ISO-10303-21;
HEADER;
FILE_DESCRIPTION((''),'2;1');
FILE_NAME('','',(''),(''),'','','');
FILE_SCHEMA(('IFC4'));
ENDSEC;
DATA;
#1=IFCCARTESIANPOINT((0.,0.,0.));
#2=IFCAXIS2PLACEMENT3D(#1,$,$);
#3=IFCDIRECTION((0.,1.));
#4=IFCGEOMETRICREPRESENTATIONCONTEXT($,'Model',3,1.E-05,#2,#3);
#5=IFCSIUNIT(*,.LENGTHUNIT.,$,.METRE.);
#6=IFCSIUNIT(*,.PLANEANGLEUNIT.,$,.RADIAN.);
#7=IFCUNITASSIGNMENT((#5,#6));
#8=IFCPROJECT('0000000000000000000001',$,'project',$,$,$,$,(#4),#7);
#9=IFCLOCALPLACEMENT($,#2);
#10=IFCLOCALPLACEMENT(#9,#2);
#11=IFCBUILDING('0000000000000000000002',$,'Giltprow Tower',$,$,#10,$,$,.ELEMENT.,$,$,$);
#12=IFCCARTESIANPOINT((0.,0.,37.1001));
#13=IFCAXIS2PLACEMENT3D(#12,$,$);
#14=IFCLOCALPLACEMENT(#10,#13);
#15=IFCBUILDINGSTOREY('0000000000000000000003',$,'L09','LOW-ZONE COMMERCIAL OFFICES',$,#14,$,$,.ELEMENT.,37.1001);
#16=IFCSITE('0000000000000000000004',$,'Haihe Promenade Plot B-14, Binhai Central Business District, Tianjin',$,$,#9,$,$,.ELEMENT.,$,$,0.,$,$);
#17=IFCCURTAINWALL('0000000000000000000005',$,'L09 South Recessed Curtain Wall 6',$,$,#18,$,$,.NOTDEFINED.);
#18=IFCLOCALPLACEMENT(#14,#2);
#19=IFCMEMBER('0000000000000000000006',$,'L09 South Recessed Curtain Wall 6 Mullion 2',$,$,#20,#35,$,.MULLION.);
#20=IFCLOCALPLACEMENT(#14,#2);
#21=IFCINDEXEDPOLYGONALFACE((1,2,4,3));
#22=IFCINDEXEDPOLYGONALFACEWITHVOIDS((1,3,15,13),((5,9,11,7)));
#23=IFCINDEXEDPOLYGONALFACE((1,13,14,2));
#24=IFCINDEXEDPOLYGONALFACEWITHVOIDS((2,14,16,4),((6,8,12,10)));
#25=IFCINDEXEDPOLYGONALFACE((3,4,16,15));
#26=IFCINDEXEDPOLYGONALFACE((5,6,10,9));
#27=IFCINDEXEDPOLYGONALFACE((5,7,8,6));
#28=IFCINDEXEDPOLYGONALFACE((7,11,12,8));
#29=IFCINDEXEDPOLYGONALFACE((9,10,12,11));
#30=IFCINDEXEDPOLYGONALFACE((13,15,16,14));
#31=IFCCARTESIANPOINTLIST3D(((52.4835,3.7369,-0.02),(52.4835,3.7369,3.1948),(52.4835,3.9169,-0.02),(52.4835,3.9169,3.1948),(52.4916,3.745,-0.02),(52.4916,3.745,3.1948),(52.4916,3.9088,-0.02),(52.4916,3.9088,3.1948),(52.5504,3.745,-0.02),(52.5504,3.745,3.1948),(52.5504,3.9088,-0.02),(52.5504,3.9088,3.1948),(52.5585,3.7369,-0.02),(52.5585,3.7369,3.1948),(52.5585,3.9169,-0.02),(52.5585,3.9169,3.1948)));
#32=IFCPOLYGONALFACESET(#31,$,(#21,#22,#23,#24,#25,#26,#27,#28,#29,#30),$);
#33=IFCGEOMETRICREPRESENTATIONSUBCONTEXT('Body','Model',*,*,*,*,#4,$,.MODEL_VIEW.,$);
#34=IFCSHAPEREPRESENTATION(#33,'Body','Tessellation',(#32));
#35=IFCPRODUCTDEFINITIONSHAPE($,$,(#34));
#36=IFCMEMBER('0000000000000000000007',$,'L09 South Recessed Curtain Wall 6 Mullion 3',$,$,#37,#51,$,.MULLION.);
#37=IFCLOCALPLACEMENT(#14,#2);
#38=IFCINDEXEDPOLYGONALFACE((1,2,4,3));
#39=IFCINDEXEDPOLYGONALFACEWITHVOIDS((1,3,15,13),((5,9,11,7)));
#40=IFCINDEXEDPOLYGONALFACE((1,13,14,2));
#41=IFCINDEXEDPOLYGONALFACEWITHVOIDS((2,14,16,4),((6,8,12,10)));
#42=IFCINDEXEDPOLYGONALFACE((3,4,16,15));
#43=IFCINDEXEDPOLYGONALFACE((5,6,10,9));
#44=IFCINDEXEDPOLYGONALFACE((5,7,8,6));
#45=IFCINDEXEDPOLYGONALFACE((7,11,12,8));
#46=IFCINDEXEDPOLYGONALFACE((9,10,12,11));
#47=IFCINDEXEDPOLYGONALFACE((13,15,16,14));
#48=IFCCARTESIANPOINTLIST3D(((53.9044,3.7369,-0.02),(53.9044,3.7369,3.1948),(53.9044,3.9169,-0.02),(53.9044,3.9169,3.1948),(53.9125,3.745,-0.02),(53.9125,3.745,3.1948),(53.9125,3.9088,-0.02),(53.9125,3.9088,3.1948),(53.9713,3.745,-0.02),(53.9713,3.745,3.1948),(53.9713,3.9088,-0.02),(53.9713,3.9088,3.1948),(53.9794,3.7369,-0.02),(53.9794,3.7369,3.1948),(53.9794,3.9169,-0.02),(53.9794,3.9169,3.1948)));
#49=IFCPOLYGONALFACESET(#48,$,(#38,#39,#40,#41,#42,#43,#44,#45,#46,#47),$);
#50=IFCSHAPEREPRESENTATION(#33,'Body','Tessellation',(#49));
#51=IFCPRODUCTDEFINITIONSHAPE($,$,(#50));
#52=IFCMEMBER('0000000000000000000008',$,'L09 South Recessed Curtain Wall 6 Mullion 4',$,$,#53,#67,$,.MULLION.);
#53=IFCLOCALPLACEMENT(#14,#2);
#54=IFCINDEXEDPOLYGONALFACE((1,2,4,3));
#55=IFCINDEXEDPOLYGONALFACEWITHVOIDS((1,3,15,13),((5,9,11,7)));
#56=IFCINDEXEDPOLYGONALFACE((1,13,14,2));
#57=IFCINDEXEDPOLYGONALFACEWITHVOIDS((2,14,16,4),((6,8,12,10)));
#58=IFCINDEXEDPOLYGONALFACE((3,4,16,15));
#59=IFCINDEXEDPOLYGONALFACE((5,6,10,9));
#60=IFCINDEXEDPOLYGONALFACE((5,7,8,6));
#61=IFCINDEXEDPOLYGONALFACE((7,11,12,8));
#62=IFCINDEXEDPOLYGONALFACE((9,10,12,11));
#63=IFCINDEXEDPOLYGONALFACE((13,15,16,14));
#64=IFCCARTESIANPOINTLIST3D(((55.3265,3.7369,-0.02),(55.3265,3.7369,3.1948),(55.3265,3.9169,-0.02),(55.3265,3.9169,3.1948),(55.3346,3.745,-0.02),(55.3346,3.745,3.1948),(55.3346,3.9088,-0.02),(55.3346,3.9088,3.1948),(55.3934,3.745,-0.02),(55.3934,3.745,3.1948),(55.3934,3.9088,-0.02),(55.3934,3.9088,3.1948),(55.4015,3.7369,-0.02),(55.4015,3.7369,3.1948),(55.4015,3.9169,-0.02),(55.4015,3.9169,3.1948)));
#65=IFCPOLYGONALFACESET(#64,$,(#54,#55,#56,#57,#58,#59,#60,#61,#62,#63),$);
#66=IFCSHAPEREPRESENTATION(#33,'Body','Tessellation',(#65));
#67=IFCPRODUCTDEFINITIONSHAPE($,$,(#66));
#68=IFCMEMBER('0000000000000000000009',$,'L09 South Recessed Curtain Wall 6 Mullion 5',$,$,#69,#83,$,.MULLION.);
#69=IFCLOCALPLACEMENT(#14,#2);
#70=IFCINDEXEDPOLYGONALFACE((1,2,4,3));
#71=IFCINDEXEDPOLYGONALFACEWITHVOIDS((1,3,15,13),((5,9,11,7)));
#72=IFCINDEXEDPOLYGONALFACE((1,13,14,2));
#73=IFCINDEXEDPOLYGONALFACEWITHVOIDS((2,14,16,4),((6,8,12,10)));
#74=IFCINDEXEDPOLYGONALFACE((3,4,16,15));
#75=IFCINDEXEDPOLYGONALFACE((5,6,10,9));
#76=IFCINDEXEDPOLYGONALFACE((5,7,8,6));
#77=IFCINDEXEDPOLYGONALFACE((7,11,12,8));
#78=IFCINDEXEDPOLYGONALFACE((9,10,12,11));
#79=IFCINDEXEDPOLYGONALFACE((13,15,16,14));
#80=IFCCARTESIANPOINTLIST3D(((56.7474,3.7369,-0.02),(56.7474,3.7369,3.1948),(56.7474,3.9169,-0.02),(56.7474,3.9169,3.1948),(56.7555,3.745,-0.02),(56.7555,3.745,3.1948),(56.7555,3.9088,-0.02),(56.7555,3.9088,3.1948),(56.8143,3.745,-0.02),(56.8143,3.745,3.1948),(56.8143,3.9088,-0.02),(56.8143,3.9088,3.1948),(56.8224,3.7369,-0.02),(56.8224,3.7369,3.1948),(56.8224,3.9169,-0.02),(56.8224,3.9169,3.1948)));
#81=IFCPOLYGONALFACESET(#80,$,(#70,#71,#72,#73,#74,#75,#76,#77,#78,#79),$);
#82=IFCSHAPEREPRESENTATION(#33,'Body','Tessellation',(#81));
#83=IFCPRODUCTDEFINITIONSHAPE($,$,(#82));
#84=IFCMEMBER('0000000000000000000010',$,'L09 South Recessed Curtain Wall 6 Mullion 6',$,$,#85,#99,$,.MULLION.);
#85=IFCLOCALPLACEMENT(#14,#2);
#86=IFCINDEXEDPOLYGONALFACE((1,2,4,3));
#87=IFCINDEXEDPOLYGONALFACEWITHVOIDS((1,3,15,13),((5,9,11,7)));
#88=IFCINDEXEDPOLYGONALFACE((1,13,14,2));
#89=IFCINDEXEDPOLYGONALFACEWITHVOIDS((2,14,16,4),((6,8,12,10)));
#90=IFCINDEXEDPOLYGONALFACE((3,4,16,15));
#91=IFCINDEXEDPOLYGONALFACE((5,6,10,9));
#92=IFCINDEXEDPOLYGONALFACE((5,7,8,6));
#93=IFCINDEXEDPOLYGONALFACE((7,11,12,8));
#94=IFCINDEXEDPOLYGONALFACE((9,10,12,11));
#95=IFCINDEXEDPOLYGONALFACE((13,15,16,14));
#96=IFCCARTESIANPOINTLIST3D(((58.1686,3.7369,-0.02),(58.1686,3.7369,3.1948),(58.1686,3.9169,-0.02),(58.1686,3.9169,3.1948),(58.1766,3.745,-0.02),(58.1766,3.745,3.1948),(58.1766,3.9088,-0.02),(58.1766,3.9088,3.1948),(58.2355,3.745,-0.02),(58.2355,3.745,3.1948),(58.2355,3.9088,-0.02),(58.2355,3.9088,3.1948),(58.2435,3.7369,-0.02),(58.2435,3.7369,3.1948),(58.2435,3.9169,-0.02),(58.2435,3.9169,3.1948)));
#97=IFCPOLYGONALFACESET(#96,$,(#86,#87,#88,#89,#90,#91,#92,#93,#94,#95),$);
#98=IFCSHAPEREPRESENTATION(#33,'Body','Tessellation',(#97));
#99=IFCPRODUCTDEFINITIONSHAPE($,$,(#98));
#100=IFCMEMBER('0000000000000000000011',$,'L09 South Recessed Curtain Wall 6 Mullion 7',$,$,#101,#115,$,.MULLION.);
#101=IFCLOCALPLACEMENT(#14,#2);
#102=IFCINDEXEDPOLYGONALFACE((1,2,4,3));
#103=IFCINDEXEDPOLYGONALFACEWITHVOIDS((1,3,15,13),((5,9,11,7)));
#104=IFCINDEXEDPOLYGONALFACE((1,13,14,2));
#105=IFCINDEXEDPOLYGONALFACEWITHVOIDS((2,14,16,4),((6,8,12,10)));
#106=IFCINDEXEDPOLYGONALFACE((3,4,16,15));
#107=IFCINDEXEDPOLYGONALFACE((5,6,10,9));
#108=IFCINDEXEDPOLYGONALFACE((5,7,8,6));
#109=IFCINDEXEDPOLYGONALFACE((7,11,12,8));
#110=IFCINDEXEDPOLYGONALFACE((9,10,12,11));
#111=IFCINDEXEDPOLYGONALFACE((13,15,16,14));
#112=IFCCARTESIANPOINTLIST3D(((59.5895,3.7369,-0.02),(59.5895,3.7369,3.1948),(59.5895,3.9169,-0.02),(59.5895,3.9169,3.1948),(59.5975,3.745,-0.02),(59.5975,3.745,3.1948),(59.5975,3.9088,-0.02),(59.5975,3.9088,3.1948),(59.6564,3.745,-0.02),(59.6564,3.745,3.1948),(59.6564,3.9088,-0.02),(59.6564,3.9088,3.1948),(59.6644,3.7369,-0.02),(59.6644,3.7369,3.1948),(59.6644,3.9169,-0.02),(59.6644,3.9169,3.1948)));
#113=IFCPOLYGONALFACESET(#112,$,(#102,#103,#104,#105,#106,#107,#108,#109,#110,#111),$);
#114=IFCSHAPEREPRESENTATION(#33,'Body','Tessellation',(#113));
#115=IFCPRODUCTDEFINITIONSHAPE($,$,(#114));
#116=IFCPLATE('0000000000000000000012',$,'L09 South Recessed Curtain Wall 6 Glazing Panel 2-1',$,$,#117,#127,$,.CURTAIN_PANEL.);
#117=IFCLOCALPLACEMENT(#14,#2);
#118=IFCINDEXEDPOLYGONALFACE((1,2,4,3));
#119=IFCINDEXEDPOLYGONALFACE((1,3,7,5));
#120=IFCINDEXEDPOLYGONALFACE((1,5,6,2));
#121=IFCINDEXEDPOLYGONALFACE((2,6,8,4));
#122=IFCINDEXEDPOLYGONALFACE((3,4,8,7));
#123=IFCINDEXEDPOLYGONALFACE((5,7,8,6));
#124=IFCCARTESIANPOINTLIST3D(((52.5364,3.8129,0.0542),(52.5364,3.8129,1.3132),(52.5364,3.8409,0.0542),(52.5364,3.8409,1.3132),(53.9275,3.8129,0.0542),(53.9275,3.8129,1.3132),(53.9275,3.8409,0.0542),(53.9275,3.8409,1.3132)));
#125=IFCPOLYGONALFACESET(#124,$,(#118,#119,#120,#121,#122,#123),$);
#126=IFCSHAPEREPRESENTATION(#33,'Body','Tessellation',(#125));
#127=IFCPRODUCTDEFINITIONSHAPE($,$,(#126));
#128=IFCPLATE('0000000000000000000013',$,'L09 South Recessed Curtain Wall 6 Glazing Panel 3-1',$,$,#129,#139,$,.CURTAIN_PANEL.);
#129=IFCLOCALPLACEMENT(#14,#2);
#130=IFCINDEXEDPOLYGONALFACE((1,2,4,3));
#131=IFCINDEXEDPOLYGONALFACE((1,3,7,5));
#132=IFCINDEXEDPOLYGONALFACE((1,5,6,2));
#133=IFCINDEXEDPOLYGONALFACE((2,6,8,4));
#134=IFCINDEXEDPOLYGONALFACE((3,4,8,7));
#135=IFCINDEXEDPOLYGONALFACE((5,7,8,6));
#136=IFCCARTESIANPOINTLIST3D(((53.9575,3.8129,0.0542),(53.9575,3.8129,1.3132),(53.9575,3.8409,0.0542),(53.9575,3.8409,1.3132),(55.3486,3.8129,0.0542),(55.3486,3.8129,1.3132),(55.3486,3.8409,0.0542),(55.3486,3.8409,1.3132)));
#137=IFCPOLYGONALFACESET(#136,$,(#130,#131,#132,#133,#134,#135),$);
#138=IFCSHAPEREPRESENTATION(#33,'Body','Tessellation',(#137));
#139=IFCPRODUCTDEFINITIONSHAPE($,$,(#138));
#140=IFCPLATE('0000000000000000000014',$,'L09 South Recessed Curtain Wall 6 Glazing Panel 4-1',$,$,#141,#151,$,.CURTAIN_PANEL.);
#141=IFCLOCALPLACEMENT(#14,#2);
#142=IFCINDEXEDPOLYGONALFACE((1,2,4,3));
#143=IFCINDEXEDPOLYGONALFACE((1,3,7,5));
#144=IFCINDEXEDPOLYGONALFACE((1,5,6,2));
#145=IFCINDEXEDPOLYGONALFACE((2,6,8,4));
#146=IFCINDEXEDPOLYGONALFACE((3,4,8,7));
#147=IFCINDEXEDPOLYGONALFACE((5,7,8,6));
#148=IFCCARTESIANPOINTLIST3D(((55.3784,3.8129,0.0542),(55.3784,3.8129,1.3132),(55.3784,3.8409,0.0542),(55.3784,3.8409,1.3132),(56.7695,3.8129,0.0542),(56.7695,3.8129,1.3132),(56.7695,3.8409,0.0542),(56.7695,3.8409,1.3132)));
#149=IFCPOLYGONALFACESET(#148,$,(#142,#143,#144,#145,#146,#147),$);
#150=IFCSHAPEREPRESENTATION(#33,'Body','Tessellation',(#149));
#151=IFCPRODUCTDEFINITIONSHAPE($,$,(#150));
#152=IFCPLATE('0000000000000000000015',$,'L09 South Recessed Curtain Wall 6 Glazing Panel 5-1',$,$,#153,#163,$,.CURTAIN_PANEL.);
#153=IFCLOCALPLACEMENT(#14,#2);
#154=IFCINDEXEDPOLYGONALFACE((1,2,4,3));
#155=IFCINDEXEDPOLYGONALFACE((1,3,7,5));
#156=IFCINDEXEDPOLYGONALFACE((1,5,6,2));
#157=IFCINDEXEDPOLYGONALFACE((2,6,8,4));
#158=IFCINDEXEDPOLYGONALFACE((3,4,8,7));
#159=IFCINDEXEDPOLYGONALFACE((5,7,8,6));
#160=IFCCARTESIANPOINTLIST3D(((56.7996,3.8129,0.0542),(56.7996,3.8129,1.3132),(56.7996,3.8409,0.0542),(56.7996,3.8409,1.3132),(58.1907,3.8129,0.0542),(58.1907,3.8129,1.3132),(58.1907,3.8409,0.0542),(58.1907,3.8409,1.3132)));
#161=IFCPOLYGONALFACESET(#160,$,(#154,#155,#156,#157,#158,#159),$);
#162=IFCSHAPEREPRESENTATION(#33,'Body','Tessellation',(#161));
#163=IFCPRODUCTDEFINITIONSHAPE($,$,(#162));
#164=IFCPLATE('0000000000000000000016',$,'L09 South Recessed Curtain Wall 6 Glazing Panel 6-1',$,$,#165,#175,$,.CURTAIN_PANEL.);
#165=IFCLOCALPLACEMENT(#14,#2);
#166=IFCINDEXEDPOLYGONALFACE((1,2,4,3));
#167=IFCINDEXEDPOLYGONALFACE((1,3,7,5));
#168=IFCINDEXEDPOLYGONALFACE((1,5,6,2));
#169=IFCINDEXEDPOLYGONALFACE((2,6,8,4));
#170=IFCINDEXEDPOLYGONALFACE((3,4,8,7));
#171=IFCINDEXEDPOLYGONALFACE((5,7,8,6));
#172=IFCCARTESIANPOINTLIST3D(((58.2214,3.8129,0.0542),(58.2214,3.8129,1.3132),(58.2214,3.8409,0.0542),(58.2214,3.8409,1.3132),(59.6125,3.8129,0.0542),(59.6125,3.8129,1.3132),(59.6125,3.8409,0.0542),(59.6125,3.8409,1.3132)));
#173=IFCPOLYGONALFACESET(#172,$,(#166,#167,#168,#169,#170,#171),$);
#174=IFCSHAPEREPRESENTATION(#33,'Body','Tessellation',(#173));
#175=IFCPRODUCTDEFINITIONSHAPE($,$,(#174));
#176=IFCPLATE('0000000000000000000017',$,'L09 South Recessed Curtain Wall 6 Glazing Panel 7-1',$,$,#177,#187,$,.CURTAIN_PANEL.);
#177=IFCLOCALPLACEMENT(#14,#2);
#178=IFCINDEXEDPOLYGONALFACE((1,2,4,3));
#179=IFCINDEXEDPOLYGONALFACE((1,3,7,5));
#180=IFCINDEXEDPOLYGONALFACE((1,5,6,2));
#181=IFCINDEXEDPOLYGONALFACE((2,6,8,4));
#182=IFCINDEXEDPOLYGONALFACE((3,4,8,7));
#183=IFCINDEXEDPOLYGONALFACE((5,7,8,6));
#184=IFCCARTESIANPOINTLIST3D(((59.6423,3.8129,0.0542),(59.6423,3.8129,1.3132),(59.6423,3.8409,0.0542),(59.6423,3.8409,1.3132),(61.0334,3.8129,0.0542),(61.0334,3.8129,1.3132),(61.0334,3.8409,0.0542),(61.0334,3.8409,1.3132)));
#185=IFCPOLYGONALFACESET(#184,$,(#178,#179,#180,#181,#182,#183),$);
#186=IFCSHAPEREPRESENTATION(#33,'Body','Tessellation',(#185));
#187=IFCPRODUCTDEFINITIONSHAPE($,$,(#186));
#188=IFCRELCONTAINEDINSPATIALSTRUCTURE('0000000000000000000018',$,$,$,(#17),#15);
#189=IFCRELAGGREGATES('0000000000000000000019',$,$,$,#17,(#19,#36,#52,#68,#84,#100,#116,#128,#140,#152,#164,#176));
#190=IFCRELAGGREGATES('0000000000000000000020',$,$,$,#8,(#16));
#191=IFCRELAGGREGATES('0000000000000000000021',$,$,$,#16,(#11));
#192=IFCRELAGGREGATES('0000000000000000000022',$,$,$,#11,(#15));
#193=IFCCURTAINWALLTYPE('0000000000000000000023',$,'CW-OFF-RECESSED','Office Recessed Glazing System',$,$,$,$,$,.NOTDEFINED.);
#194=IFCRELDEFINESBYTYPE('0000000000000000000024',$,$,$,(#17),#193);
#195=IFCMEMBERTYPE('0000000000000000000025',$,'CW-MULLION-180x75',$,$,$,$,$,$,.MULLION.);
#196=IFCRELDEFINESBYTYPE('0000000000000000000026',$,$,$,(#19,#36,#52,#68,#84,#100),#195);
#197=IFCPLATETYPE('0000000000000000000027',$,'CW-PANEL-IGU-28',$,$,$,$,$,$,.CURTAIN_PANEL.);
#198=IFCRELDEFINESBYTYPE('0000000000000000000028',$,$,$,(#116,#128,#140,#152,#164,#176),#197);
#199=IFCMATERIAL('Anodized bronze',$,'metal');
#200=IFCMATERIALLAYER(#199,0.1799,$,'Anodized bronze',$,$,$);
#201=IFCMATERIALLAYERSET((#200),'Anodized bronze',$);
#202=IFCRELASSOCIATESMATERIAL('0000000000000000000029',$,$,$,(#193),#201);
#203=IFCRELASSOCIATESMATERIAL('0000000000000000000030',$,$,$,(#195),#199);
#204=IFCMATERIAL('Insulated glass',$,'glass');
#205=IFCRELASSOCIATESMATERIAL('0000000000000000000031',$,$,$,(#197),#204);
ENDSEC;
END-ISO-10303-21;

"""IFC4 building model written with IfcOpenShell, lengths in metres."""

from ifc_helpers import new_model, si_unit, direction, frame, origin, origin_2d, place, context, subcontext, project, spatial, rectangle, hollow_rectangle, extrude, source, transform, mapped, material, layer, layer_set, material_profile, profile_set, type_object, element, aggregate, save


model = new_model("IFC4")

# Units and contexts
model_context = context("Model", 3, precision=1e-05, world=origin(), true_north=direction((0.0, 1.0)))
body_context = subcontext(model_context, "Body", "Model", "MODEL_VIEW")
ifc_project = project(units=[si_unit("LENGTHUNIT", "METRE"), si_unit("PLANEANGLEUNIT", "RADIAN")], contexts=[model_context])

# Site, building, storey
site_placement = place(None, origin())
site = spatial("IfcSite", under=ifc_project, at=site_placement, Name="Haihe Promenade Plot B-14, Binhai Central Business District, Tianjin", CompositionType="ELEMENT", RefElevation=0.0)
building_placement = place(site_placement, origin())
building = spatial("IfcBuilding", under=site, at=building_placement, Name="Giltprow Tower", CompositionType="ELEMENT")
storey_placement = place(building_placement, frame((0.0, 0.0, 37.1001)))
storey = spatial("IfcBuildingStorey", under=building, at=storey_placement, Name="L09", Description="LOW-ZONE COMMERCIAL OFFICES", CompositionType="ELEMENT", Elevation=37.1001)

# Curtain wall, members, plates
ifc_material_1 = material(Name="Anodized bronze", Category="metal")
ifc_layer = layer(ifc_material_1, 0.1799, Name="Anodized bronze")
ifc_layer_set = layer_set([ifc_layer], Name="Anodized bronze")
curtain_wall_type = type_object("IfcCurtainWallType", Name="CW-OFF-RECESSED", Description="Office Recessed Glazing System", PredefinedType="NOTDEFINED", material=ifc_layer_set)
curtain_wall_placement = place(storey_placement, origin())
curtain_wall = element("IfcCurtainWall", 1, at=curtain_wall_placement, inside=storey, type_object=curtain_wall_type, Name="L09 South Recessed Curtain Wall 6", PredefinedType="NOTDEFINED")
ifc_material_profile = material_profile(ifc_material_1, hollow_rectangle(XDim=0.075, YDim=0.1799, WallThickness=0.0081, at=origin_2d()), Name="RHS 180x75x8")
ifc_profile_set = profile_set([ifc_material_profile], Name="Anodized bronze")
member_type = type_object("IfcMemberType", Name="CW-MULLION-180x75", PredefinedType="MULLION", material=ifc_profile_set)
shared_shape_1 = source(origin(), body_context, "Body", "SweptSolid", [
    extrude(hollow_rectangle(XDim=0.075, YDim=0.1799, WallThickness=0.0081, at=origin_2d()), origin(), (0.0, 0.0, 1.0), 3.2148),
])
member_1_placement = place(storey_placement, frame((52.521, 3.8269, -0.02), z_axis=(0.0, 0.0, 1.0), x_axis=(1.0, 0.0, 0.0)))
member_1 = element("IfcMember", 2, at=member_1_placement, type_object=member_type, Name="L09 South Recessed Curtain Wall 6 Mullion 2", PredefinedType="MULLION", context=body_context, shape_type="MappedRepresentation", body=[
    mapped(shared_shape_1, transform((0.0, 0.0, 0.0), x_axis=(1.0, 0.0, 0.0), y_axis=(0.0, 1.0, 0.0), z_axis=(0.0, 0.0, 1.0), scale=1.0)),
])
member_2_placement = place(storey_placement, frame((53.9419, 3.8269, -0.02), z_axis=(0.0, 0.0, 1.0), x_axis=(1.0, 0.0, 0.0)))
member_2 = element("IfcMember", 3, at=member_2_placement, type_object=member_type, Name="L09 South Recessed Curtain Wall 6 Mullion 3", PredefinedType="MULLION", context=body_context, shape_type="MappedRepresentation", body=[
    mapped(shared_shape_1, transform((0.0, 0.0, 0.0), x_axis=(1.0, 0.0, 0.0), y_axis=(0.0, 1.0, 0.0), z_axis=(0.0, 0.0, 1.0), scale=1.0)),
])
member_3_placement = place(storey_placement, frame((55.364, 3.8269, -0.02), z_axis=(0.0, 0.0, 1.0), x_axis=(1.0, 0.0, 0.0)))
member_3 = element("IfcMember", 4, at=member_3_placement, type_object=member_type, Name="L09 South Recessed Curtain Wall 6 Mullion 4", PredefinedType="MULLION", context=body_context, shape_type="MappedRepresentation", body=[
    mapped(shared_shape_1, transform((0.0, 0.0, 0.0), x_axis=(1.0, 0.0, 0.0), y_axis=(0.0, 1.0, 0.0), z_axis=(0.0, 0.0, 1.0), scale=1.0)),
])
member_4_placement = place(storey_placement, frame((56.7849, 3.8269, -0.02), z_axis=(0.0, 0.0, 1.0), x_axis=(1.0, 0.0, 0.0)))
member_4 = element("IfcMember", 5, at=member_4_placement, type_object=member_type, Name="L09 South Recessed Curtain Wall 6 Mullion 5", PredefinedType="MULLION", context=body_context, shape_type="MappedRepresentation", body=[
    mapped(shared_shape_1, transform((0.0, 0.0, 0.0), x_axis=(1.0, 0.0, 0.0), y_axis=(0.0, 1.0, 0.0), z_axis=(0.0, 0.0, 1.0), scale=1.0)),
])
member_5_placement = place(storey_placement, frame((58.2061, 3.8269, -0.02), z_axis=(0.0, 0.0, 1.0), x_axis=(1.0, 0.0, 0.0)))
member_5 = element("IfcMember", 6, at=member_5_placement, type_object=member_type, Name="L09 South Recessed Curtain Wall 6 Mullion 6", PredefinedType="MULLION", context=body_context, shape_type="MappedRepresentation", body=[
    mapped(shared_shape_1, transform((0.0, 0.0, 0.0), x_axis=(1.0, 0.0, 0.0), y_axis=(0.0, 1.0, 0.0), z_axis=(0.0, 0.0, 1.0), scale=1.0)),
])
member_6_placement = place(storey_placement, frame((59.627, 3.8269, -0.02), z_axis=(0.0, 0.0, 1.0), x_axis=(1.0, 0.0, 0.0)))
member_6 = element("IfcMember", 7, at=member_6_placement, type_object=member_type, Name="L09 South Recessed Curtain Wall 6 Mullion 7", PredefinedType="MULLION", context=body_context, shape_type="MappedRepresentation", body=[
    mapped(shared_shape_1, transform((0.0, 0.0, 0.0), x_axis=(1.0, 0.0, 0.0), y_axis=(0.0, 1.0, 0.0), z_axis=(0.0, 0.0, 1.0), scale=1.0)),
])
ifc_material_2 = material(Name="Insulated glass", Category="glass")
plate_type = type_object("IfcPlateType", Name="CW-PANEL-IGU-28", PredefinedType="CURTAIN_PANEL", material=ifc_material_2)
shared_shape_2 = source(origin(), body_context, "Body", "SweptSolid", [
    extrude(rectangle(XDim=1.3911, YDim=0.0281, at=origin_2d()), origin(), (0.0, 0.0, 1.0), 1.259),
])
plate_1_placement = place(storey_placement, frame((53.2319, 3.8269, 0.0542), z_axis=(0.0, 0.0, 1.0), x_axis=(1.0, 0.0, 0.0)))
plate_1 = element("IfcPlate", 8, at=plate_1_placement, type_object=plate_type, Name="L09 South Recessed Curtain Wall 6 Glazing Panel 2-1", PredefinedType="CURTAIN_PANEL", context=body_context, shape_type="MappedRepresentation", body=[
    mapped(shared_shape_2, transform((0.0, 0.0, 0.0), x_axis=(1.0, 0.0, 0.0), y_axis=(0.0, 1.0, 0.0), z_axis=(0.0, 0.0, 1.0), scale=1.0)),
])
plate_2_placement = place(storey_placement, frame((54.6531, 3.8269, 0.0542), z_axis=(0.0, 0.0, 1.0), x_axis=(1.0, 0.0, 0.0)))
plate_2 = element("IfcPlate", 9, at=plate_2_placement, type_object=plate_type, Name="L09 South Recessed Curtain Wall 6 Glazing Panel 3-1", PredefinedType="CURTAIN_PANEL", context=body_context, shape_type="MappedRepresentation", body=[
    mapped(shared_shape_2, transform((0.0, 0.0, 0.0), x_axis=(1.0, 0.0, 0.0), y_axis=(0.0, 1.0, 0.0), z_axis=(0.0, 0.0, 1.0), scale=1.0)),
])
plate_3_placement = place(storey_placement, frame((56.074, 3.8269, 0.0542), z_axis=(0.0, 0.0, 1.0), x_axis=(1.0, 0.0, 0.0)))
plate_3 = element("IfcPlate", 10, at=plate_3_placement, type_object=plate_type, Name="L09 South Recessed Curtain Wall 6 Glazing Panel 4-1", PredefinedType="CURTAIN_PANEL", context=body_context, shape_type="MappedRepresentation", body=[
    mapped(shared_shape_2, transform((0.0, 0.0, 0.0), x_axis=(1.0, 0.0, 0.0), y_axis=(0.0, 1.0, 0.0), z_axis=(0.0, 0.0, 1.0), scale=1.0)),
])
plate_4_placement = place(storey_placement, frame((57.4951, 3.8269, 0.0542), z_axis=(0.0, 0.0, 1.0), x_axis=(1.0, 0.0, 0.0)))
plate_4 = element("IfcPlate", 11, at=plate_4_placement, type_object=plate_type, Name="L09 South Recessed Curtain Wall 6 Glazing Panel 5-1", PredefinedType="CURTAIN_PANEL", context=body_context, shape_type="MappedRepresentation", body=[
    mapped(shared_shape_2, transform((0.0, 0.0, 0.0), x_axis=(1.0, 0.0, 0.0), y_axis=(0.0, 1.0, 0.0), z_axis=(0.0, 0.0, 1.0), scale=1.0)),
])
plate_5_placement = place(storey_placement, frame((58.917, 3.8269, 0.0542), z_axis=(0.0, 0.0, 1.0), x_axis=(1.0, 0.0, 0.0)))
plate_5 = element("IfcPlate", 12, at=plate_5_placement, type_object=plate_type, Name="L09 South Recessed Curtain Wall 6 Glazing Panel 6-1", PredefinedType="CURTAIN_PANEL", context=body_context, shape_type="MappedRepresentation", body=[
    mapped(shared_shape_2, transform((0.0, 0.0, 0.0), x_axis=(1.0, 0.0, 0.0), y_axis=(0.0, 1.0, 0.0), z_axis=(0.0, 0.0, 1.0), scale=1.0)),
])
plate_6_placement = place(storey_placement, frame((60.3379, 3.8269, 0.0542), z_axis=(0.0, 0.0, 1.0), x_axis=(1.0, 0.0, 0.0)))
plate_6 = element("IfcPlate", 13, at=plate_6_placement, type_object=plate_type, Name="L09 South Recessed Curtain Wall 6 Glazing Panel 7-1", PredefinedType="CURTAIN_PANEL", context=body_context, shape_type="MappedRepresentation", body=[
    mapped(shared_shape_2, transform((0.0, 0.0, 0.0), x_axis=(1.0, 0.0, 0.0), y_axis=(0.0, 1.0, 0.0), z_axis=(0.0, 0.0, 1.0), scale=1.0)),
])
aggregate(curtain_wall, [member_1, member_2, member_3, member_4, member_5, member_6, plate_1, plate_2, plate_3, plate_4, plate_5, plate_6])

save(model, "model.ifc")
